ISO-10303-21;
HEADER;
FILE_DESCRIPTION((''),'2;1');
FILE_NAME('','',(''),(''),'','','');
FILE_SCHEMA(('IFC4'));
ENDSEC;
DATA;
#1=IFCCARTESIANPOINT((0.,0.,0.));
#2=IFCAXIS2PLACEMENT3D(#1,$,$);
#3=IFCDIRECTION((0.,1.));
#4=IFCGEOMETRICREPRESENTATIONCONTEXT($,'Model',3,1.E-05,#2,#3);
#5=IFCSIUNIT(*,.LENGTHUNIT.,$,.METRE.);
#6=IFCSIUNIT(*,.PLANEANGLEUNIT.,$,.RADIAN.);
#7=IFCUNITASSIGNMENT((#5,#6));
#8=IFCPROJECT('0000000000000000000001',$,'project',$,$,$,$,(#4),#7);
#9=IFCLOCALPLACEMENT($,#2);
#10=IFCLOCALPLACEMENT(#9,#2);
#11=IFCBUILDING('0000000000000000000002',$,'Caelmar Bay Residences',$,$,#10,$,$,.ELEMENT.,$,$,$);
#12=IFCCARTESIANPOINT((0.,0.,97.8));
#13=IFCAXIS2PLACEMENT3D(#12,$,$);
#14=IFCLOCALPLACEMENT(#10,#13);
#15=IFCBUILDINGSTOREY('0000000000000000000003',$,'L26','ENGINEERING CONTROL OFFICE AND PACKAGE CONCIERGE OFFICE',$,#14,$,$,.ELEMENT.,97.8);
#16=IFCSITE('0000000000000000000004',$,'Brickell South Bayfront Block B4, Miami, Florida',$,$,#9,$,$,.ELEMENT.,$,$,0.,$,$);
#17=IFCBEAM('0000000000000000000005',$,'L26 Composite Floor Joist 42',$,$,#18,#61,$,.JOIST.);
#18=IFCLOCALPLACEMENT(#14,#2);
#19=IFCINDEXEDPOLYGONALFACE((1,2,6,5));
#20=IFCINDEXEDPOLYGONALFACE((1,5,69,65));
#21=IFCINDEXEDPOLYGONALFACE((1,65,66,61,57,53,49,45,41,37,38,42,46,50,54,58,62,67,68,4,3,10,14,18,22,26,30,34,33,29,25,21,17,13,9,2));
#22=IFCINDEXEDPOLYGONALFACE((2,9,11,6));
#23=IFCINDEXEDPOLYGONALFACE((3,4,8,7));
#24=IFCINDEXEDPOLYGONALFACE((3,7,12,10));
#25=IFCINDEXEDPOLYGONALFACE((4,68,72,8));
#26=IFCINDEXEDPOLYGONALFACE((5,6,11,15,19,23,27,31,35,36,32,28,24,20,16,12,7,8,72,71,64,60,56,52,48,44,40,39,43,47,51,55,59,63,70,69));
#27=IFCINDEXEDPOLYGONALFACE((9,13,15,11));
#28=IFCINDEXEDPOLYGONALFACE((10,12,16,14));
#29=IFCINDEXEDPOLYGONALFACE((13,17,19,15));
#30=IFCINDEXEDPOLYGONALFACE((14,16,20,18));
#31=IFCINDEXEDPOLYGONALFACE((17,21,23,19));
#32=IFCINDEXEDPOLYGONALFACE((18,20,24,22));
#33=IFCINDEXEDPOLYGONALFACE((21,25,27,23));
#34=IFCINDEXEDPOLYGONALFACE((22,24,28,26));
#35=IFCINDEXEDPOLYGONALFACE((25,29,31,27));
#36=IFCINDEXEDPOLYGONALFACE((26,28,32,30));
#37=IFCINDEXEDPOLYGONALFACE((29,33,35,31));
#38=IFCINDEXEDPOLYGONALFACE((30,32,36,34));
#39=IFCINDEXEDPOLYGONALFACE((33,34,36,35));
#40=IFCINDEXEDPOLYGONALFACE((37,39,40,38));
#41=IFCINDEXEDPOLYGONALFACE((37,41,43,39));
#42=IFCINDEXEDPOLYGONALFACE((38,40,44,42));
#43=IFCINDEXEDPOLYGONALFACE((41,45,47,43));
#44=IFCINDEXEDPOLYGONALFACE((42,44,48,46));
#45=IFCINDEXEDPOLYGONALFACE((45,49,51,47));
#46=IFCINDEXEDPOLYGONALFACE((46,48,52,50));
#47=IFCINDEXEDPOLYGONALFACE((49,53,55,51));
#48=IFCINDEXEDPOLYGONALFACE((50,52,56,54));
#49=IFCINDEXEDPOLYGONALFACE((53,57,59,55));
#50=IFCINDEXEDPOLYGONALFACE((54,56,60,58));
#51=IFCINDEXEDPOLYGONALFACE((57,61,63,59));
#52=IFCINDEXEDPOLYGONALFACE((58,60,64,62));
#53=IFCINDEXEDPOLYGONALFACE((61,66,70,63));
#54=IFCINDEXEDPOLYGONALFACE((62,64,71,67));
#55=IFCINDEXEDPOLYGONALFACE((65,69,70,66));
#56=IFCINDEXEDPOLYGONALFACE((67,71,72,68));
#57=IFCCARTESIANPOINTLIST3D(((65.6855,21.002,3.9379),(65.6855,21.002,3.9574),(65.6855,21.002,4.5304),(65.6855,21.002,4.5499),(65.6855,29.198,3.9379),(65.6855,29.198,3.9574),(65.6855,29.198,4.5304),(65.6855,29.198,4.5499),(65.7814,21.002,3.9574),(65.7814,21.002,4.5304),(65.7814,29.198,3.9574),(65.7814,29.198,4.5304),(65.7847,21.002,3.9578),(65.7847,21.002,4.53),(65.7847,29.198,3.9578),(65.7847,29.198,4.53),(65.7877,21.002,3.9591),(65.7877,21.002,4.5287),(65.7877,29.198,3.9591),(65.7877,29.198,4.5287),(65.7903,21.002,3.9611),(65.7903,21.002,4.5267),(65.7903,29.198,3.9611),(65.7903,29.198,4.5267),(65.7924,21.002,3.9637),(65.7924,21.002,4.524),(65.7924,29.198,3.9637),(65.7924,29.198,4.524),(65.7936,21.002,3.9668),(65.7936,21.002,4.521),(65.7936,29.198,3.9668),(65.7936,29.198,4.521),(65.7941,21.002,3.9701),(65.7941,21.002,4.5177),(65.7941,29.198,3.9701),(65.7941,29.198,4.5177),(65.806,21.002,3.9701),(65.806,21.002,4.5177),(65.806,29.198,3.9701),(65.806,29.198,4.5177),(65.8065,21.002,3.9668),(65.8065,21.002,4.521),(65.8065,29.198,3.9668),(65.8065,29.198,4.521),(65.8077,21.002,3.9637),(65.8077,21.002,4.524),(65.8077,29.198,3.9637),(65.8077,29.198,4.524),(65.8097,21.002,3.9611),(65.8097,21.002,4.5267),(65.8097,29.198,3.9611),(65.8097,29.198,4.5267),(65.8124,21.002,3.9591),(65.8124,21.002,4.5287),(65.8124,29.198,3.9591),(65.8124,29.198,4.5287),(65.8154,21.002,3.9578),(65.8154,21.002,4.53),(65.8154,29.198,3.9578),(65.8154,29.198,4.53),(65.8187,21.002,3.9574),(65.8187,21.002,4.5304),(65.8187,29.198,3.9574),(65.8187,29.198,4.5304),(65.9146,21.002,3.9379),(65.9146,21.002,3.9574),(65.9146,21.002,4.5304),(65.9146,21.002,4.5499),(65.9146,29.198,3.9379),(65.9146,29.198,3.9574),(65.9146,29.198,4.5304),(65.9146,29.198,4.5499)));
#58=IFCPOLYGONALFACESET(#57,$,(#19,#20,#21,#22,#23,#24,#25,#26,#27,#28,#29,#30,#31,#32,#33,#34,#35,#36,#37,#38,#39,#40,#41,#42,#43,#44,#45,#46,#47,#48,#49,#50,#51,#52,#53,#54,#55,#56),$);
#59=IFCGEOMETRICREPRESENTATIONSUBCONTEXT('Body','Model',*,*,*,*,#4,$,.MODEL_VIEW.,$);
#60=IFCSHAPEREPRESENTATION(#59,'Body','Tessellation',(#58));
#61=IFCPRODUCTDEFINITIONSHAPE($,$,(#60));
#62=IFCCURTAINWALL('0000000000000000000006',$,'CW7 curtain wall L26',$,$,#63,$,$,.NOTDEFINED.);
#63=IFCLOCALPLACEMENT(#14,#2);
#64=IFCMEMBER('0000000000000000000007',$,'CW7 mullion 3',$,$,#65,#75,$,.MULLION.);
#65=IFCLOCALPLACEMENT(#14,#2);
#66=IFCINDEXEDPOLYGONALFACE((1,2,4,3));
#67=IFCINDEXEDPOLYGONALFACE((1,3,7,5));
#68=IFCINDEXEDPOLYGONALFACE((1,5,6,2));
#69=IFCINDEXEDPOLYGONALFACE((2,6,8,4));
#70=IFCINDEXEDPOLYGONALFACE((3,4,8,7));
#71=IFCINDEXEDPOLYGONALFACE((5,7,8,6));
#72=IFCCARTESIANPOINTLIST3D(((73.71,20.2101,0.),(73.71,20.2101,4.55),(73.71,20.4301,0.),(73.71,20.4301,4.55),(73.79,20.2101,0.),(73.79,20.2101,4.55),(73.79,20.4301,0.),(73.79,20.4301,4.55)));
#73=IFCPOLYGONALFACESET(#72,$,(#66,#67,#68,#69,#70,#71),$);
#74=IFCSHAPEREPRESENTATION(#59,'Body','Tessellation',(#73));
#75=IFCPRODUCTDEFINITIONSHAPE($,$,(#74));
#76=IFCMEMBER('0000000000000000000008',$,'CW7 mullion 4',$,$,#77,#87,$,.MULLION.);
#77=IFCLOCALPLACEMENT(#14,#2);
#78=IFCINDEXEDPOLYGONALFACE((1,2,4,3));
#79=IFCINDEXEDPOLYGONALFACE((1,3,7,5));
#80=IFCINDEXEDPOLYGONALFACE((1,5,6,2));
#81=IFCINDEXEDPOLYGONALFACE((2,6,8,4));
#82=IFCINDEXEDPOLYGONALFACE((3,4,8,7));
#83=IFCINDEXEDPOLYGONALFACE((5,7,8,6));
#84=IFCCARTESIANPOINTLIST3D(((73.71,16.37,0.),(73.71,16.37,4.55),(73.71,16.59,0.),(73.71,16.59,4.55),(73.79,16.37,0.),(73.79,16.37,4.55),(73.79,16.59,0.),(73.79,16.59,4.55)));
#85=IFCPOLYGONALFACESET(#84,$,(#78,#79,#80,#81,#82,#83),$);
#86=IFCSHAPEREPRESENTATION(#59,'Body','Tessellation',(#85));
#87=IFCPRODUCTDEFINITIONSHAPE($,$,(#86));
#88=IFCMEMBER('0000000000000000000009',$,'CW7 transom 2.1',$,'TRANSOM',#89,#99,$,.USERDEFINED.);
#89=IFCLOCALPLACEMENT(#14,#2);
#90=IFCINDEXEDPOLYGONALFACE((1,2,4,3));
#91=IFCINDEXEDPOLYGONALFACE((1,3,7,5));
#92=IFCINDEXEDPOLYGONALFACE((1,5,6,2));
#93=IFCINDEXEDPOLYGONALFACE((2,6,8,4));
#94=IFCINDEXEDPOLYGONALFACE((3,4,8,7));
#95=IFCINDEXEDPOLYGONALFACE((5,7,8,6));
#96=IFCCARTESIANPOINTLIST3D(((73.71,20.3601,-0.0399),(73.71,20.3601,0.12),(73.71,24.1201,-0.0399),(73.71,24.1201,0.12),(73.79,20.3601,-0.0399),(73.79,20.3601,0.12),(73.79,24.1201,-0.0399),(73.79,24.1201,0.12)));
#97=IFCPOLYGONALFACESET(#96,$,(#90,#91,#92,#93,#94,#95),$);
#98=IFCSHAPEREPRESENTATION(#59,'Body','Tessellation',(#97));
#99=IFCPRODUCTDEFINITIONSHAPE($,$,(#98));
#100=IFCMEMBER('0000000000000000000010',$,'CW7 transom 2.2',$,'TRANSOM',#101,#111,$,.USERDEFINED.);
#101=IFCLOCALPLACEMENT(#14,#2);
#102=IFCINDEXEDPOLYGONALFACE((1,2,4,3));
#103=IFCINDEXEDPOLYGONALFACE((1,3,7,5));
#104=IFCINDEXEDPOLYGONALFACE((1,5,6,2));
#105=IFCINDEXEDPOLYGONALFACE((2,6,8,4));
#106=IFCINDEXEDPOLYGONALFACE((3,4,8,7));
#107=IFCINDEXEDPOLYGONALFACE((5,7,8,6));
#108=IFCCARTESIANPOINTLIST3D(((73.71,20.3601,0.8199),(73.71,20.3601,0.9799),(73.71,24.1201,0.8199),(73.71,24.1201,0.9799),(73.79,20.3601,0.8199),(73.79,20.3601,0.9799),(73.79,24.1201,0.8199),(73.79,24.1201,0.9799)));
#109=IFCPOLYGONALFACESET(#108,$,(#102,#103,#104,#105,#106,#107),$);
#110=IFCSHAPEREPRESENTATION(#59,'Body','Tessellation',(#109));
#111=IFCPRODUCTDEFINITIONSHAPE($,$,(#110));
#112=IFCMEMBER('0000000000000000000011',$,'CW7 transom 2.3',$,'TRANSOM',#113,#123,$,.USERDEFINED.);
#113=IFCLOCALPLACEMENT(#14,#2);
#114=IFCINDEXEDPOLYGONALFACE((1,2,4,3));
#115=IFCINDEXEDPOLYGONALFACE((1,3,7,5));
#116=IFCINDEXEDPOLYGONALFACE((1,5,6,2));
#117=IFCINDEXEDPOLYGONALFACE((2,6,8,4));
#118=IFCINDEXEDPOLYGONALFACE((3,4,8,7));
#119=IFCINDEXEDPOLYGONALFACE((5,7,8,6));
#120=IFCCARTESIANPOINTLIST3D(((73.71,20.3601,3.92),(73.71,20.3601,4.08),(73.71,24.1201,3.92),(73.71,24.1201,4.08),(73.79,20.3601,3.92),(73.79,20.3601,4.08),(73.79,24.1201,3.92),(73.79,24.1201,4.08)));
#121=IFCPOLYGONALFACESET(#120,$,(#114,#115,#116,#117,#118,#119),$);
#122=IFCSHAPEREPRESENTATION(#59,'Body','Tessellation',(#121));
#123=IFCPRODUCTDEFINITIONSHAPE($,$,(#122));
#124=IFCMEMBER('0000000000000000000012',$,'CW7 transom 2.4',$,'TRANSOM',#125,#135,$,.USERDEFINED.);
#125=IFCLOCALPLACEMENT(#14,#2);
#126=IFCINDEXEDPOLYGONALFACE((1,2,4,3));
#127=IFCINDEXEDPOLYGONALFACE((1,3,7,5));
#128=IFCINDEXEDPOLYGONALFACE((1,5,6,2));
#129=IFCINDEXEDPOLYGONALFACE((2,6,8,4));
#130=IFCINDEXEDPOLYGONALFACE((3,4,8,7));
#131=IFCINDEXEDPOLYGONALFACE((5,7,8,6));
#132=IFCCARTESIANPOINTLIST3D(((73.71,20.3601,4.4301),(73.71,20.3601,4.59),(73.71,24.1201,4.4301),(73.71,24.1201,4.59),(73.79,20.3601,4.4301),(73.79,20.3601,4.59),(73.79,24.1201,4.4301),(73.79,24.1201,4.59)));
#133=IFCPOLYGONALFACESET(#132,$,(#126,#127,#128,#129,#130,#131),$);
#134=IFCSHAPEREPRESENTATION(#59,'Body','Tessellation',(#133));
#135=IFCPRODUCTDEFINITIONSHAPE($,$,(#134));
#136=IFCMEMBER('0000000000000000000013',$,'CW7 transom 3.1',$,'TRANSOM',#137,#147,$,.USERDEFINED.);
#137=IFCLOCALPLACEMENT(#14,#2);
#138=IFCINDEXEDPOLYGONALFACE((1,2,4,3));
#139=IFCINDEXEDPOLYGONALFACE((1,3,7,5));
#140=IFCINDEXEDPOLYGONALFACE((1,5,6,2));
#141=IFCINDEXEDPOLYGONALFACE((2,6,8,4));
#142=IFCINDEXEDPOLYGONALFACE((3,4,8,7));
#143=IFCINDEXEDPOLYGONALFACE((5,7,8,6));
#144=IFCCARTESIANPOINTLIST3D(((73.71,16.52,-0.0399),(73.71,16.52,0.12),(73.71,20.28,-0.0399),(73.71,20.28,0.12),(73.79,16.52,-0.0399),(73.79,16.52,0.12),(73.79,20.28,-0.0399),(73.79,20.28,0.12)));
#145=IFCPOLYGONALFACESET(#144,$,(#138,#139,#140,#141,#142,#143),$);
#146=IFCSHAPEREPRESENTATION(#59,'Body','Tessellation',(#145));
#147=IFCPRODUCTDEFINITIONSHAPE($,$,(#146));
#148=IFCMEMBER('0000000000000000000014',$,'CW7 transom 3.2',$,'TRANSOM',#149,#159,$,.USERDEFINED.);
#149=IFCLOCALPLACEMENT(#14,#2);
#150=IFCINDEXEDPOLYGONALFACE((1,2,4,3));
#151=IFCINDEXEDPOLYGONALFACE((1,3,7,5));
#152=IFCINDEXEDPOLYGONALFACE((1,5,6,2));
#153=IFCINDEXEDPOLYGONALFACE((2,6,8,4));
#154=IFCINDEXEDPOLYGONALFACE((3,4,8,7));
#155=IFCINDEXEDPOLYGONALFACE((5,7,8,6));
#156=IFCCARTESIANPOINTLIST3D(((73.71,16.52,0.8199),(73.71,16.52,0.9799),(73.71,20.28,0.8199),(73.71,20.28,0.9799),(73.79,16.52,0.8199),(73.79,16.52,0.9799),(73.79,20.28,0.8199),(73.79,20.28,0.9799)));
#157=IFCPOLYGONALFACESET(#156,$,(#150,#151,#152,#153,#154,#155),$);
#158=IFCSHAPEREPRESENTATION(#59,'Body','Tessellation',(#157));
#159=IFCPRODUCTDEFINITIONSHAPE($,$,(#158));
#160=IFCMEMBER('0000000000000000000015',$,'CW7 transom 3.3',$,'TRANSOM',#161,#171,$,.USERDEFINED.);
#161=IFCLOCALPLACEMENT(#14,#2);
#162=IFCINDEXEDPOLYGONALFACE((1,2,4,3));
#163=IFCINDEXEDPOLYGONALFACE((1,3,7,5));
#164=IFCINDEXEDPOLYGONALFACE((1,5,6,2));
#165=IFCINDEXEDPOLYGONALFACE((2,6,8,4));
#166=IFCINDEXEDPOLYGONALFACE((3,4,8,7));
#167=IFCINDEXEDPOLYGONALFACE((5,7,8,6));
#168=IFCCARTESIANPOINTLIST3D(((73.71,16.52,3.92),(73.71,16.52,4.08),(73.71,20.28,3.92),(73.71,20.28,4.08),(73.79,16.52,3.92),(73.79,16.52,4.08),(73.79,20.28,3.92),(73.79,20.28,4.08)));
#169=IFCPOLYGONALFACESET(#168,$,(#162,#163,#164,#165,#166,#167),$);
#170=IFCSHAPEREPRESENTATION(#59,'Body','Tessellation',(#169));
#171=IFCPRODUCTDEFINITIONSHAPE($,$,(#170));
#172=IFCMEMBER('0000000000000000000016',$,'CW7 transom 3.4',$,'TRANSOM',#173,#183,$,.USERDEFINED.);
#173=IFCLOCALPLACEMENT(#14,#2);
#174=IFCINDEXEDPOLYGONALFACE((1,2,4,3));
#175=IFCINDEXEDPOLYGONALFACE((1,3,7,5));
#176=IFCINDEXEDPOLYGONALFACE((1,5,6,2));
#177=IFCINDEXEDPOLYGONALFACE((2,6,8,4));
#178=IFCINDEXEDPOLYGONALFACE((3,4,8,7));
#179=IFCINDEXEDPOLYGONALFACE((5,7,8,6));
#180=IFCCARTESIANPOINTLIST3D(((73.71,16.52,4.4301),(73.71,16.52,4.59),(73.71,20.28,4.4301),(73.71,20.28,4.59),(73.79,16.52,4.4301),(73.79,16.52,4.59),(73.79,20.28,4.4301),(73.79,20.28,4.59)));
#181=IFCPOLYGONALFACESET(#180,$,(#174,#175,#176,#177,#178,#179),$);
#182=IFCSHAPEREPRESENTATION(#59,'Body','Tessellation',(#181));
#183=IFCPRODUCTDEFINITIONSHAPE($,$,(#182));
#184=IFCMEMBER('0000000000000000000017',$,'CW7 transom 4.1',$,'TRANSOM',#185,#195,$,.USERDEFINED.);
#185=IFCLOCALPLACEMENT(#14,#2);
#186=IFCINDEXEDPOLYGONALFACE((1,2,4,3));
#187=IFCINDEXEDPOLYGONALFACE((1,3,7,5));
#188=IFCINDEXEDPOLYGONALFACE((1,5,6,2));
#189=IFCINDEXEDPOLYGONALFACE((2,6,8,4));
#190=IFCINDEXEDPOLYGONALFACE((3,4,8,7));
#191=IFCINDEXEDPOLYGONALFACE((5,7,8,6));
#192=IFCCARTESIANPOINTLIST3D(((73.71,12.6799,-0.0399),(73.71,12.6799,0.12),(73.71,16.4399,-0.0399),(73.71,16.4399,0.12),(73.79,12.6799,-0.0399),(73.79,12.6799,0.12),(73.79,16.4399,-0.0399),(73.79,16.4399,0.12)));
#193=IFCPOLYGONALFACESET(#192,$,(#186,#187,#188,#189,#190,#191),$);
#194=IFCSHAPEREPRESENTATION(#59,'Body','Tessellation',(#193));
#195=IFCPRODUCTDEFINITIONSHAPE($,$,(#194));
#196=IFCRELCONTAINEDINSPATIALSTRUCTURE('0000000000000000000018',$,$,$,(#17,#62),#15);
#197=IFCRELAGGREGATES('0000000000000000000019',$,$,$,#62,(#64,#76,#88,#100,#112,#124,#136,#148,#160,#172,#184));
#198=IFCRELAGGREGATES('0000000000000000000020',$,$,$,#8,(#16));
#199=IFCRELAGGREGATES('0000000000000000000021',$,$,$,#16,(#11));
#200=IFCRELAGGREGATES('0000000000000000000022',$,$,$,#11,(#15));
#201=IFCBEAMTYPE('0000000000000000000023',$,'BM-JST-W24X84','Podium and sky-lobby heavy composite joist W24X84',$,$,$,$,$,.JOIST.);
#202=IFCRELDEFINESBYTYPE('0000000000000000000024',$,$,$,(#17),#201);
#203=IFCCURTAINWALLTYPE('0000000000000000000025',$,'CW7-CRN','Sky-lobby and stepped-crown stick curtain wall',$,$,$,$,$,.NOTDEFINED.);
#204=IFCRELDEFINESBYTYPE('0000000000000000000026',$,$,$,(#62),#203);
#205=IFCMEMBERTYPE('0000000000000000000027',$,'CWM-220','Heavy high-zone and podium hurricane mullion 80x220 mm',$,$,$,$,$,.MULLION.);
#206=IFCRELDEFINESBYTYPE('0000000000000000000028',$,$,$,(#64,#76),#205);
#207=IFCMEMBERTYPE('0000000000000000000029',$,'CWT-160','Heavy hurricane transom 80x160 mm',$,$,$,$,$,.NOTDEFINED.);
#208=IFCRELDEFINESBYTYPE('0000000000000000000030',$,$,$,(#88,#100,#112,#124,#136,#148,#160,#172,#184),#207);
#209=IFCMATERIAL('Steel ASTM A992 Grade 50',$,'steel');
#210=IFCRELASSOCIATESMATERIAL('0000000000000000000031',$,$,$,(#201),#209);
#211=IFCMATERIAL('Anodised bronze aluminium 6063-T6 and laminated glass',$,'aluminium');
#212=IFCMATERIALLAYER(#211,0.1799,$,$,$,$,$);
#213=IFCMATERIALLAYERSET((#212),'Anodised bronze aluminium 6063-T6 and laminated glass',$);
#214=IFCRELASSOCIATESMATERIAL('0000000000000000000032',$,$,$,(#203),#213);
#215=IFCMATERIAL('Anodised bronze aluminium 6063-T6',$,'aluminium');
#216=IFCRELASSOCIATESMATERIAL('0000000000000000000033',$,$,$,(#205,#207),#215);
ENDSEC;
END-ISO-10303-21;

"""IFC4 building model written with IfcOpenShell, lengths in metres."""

from ifc_helpers import new_model, si_unit, direction, frame, origin, origin_2d, place, context, subcontext, project, spatial, rectangle, i_section, extrude, material, layer, layer_set, material_profile, profile_set, type_object, element, aggregate, save


model = new_model("IFC4")

# Units and contexts
model_context = context("Model", 3, precision=1e-05, world=origin(), true_north=direction((0.0, 1.0)))
body_context = subcontext(model_context, "Body", "Model", "MODEL_VIEW")
ifc_project = project(units=[si_unit("LENGTHUNIT", "METRE"), si_unit("PLANEANGLEUNIT", "RADIAN")], contexts=[model_context])

# Site, building, storey
site_placement = place(None, origin())
site = spatial("IfcSite", under=ifc_project, at=site_placement, Name="Brickell South Bayfront Block B4, Miami, Florida", CompositionType="ELEMENT", RefElevation=0.0)
building_placement = place(site_placement, origin())
building = spatial("IfcBuilding", under=site, at=building_placement, Name="Caelmar Bay Residences", CompositionType="ELEMENT")
storey_placement = place(building_placement, frame((0.0, 0.0, 97.8)))
storey = spatial("IfcBuildingStorey", under=building, at=storey_placement, Name="L26", Description="ENGINEERING CONTROL OFFICE AND PACKAGE CONCIERGE OFFICE", CompositionType="ELEMENT", Elevation=97.8)

# Beam
ifc_material_1 = material(Name="Steel ASTM A992 Grade 50", Category="steel")
ifc_material_profile_1 = material_profile(ifc_material_1, i_section(OverallWidth=0.229, OverallDepth=0.6121, WebThickness=0.012, FlangeThickness=0.0195, FilletRadius=0.0127, at=origin_2d()), Name="W24X84")
ifc_profile_set_1 = profile_set([ifc_material_profile_1], Name="Steel ASTM A992 Grade 50")
beam_type_1 = type_object("IfcBeamType", Name="BM-JST-W24X84", Description="Podium and sky-lobby heavy composite joist W24X84", PredefinedType="JOIST", material=ifc_profile_set_1)
for number, where, z_axis, x_axis, name in (
    (1, (65.8, 21.002, 4.2439), (0.0, 1.0, 0.0), (-1.0, 0.0, 0.0), "L26 Composite Floor Joist 42"),
):
    element("IfcBeam", number, at=place(storey_placement, frame(where, z_axis=z_axis, x_axis=x_axis)), inside=storey, type_object=beam_type_1, Name=name, PredefinedType="JOIST", context=body_context, shape_type="SweptSolid", body=[
        extrude(i_section(OverallWidth=0.229, OverallDepth=0.6121, WebThickness=0.012, FlangeThickness=0.0195, FilletRadius=0.0127, at=origin_2d()), origin(), (0.0, 0.0, 1.0), 8.196),
    ])

# Curtain wall, members
ifc_material_2 = material(Name="Anodised bronze aluminium 6063-T6 and laminated glass", Category="aluminium")
ifc_layer_1 = layer(ifc_material_2, 0.1799)
ifc_layer_set_1 = layer_set([ifc_layer_1], Name="Anodised bronze aluminium 6063-T6 and laminated glass")
curtain_wall_type = type_object("IfcCurtainWallType", Name="CW7-CRN", Description="Sky-lobby and stepped-crown stick curtain wall", PredefinedType="NOTDEFINED", material=ifc_layer_set_1)
curtain_wall_placement = place(storey_placement, origin())
curtain_wall = element("IfcCurtainWall", 2, at=curtain_wall_placement, inside=storey, type_object=curtain_wall_type, Name="CW7 curtain wall L26", PredefinedType="NOTDEFINED")
ifc_material_3 = material(Name="Anodised bronze aluminium 6063-T6", Category="aluminium")
ifc_material_profile_2 = material_profile(ifc_material_3, rectangle(XDim=0.0801, YDim=0.22, at=origin_2d()), Name="CWM-80X220")
ifc_profile_set_2 = profile_set([ifc_material_profile_2], Name="Anodised bronze aluminium 6063-T6")
member_type_1 = type_object("IfcMemberType", Name="CWM-220", Description="Heavy high-zone and podium hurricane mullion 80x220 mm", PredefinedType="MULLION", material=ifc_profile_set_2)
member_1_placement = place(storey_placement, frame((73.75, 20.3201, 0.0), z_axis=(0.0, 0.0, 1.0), x_axis=(1.0, 0.0, 0.0)))
member_1 = element("IfcMember", 3, at=member_1_placement, type_object=member_type_1, Name="CW7 mullion 3", PredefinedType="MULLION", context=body_context, shape_type="SweptSolid", body=[
    extrude(rectangle(XDim=0.0801, YDim=0.22, at=origin_2d()), origin(), (0.0, 0.0, 1.0), 4.55),
])
member_2_placement = place(storey_placement, frame((73.75, 16.48, 0.0), z_axis=(0.0, 0.0, 1.0), x_axis=(1.0, 0.0, 0.0)))
member_2 = element("IfcMember", 4, at=member_2_placement, type_object=member_type_1, Name="CW7 mullion 4", PredefinedType="MULLION", context=body_context, shape_type="SweptSolid", body=[
    extrude(rectangle(XDim=0.0801, YDim=0.22, at=origin_2d()), origin(), (0.0, 0.0, 1.0), 4.55),
])
ifc_material_profile_3 = material_profile(ifc_material_3, rectangle(XDim=0.0801, YDim=0.1599, at=origin_2d()), Name="CWT-80X160")
ifc_profile_set_3 = profile_set([ifc_material_profile_3], Name="Anodised bronze aluminium 6063-T6")
member_type_2 = type_object("IfcMemberType", Name="CWT-160", Description="Heavy hurricane transom 80x160 mm", PredefinedType="NOTDEFINED", material=ifc_profile_set_3)
member_3_placement = place(storey_placement, frame((73.75, 24.1201, 0.04), z_axis=(0.0, -1.0, 0.0), x_axis=(1.0, 0.0, 0.0)))
member_3 = element("IfcMember", 5, at=member_3_placement, type_object=member_type_2, Name="CW7 transom 2.1", ObjectType="TRANSOM", PredefinedType="USERDEFINED", context=body_context, shape_type="SweptSolid", body=[
    extrude(rectangle(XDim=0.0801, YDim=0.1599, at=origin_2d()), origin(), (0.0, 0.0, 1.0), 3.76),
])
member_4_placement = place(storey_placement, frame((73.75, 24.1201, 0.8999), z_axis=(0.0, -1.0, 0.0), x_axis=(1.0, 0.0, 0.0)))
member_4 = element("IfcMember", 6, at=member_4_placement, type_object=member_type_2, Name="CW7 transom 2.2", ObjectType="TRANSOM", PredefinedType="USERDEFINED", context=body_context, shape_type="SweptSolid", body=[
    extrude(rectangle(XDim=0.0801, YDim=0.1599, at=origin_2d()), origin(), (0.0, 0.0, 1.0), 3.76),
])
member_5_placement = place(storey_placement, frame((73.75, 24.1201, 4.0), z_axis=(0.0, -1.0, 0.0), x_axis=(1.0, 0.0, 0.0)))
member_5 = element("IfcMember", 7, at=member_5_placement, type_object=member_type_2, Name="CW7 transom 2.3", ObjectType="TRANSOM", PredefinedType="USERDEFINED", context=body_context, shape_type="SweptSolid", body=[
    extrude(rectangle(XDim=0.0801, YDim=0.1599, at=origin_2d()), origin(), (0.0, 0.0, 1.0), 3.76),
])
member_6_placement = place(storey_placement, frame((73.75, 24.1201, 4.51), z_axis=(0.0, -1.0, 0.0), x_axis=(1.0, 0.0, 0.0)))
member_6 = element("IfcMember", 8, at=member_6_placement, type_object=member_type_2, Name="CW7 transom 2.4", ObjectType="TRANSOM", PredefinedType="USERDEFINED", context=body_context, shape_type="SweptSolid", body=[
    extrude(rectangle(XDim=0.0801, YDim=0.1599, at=origin_2d()), origin(), (0.0, 0.0, 1.0), 3.76),
])
member_7_placement = place(storey_placement, frame((73.75, 20.28, 0.04), z_axis=(0.0, -1.0, 0.0), x_axis=(1.0, 0.0, 0.0)))
member_7 = element("IfcMember", 9, at=member_7_placement, type_object=member_type_2, Name="CW7 transom 3.1", ObjectType="TRANSOM", PredefinedType="USERDEFINED", context=body_context, shape_type="SweptSolid", body=[
    extrude(rectangle(XDim=0.0801, YDim=0.1599, at=origin_2d()), origin(), (0.0, 0.0, 1.0), 3.76),
])
member_8_placement = place(storey_placement, frame((73.75, 20.28, 0.8999), z_axis=(0.0, -1.0, 0.0), x_axis=(1.0, 0.0, 0.0)))
member_8 = element("IfcMember", 10, at=member_8_placement, type_object=member_type_2, Name="CW7 transom 3.2", ObjectType="TRANSOM", PredefinedType="USERDEFINED", context=body_context, shape_type="SweptSolid", body=[
    extrude(rectangle(XDim=0.0801, YDim=0.1599, at=origin_2d()), origin(), (0.0, 0.0, 1.0), 3.76),
])
member_9_placement = place(storey_placement, frame((73.75, 20.28, 4.0), z_axis=(0.0, -1.0, 0.0), x_axis=(1.0, 0.0, 0.0)))
member_9 = element("IfcMember", 11, at=member_9_placement, type_object=member_type_2, Name="CW7 transom 3.3", ObjectType="TRANSOM", PredefinedType="USERDEFINED", context=body_context, shape_type="SweptSolid", body=[
    extrude(rectangle(XDim=0.0801, YDim=0.1599, at=origin_2d()), origin(), (0.0, 0.0, 1.0), 3.76),
])
member_10_placement = place(storey_placement, frame((73.75, 20.28, 4.51), z_axis=(0.0, -1.0, 0.0), x_axis=(1.0, 0.0, 0.0)))
member_10 = element("IfcMember", 12, at=member_10_placement, type_object=member_type_2, Name="CW7 transom 3.4", ObjectType="TRANSOM", PredefinedType="USERDEFINED", context=body_context, shape_type="SweptSolid", body=[
    extrude(rectangle(XDim=0.0801, YDim=0.1599, at=origin_2d()), origin(), (0.0, 0.0, 1.0), 3.76),
])
member_11_placement = place(storey_placement, frame((73.75, 16.4399, 0.04), z_axis=(0.0, -1.0, 0.0), x_axis=(1.0, 0.0, 0.0)))
member_11 = element("IfcMember", 13, at=member_11_placement, type_object=member_type_2, Name="CW7 transom 4.1", ObjectType="TRANSOM", PredefinedType="USERDEFINED", context=body_context, shape_type="SweptSolid", body=[
    extrude(rectangle(XDim=0.0801, YDim=0.1599, at=origin_2d()), origin(), (0.0, 0.0, 1.0), 3.76),
])
aggregate(curtain_wall, [member_1, member_2, member_3, member_4, member_5, member_6, member_7, member_8, member_9, member_10, member_11])

save(model, "model.ifc")
